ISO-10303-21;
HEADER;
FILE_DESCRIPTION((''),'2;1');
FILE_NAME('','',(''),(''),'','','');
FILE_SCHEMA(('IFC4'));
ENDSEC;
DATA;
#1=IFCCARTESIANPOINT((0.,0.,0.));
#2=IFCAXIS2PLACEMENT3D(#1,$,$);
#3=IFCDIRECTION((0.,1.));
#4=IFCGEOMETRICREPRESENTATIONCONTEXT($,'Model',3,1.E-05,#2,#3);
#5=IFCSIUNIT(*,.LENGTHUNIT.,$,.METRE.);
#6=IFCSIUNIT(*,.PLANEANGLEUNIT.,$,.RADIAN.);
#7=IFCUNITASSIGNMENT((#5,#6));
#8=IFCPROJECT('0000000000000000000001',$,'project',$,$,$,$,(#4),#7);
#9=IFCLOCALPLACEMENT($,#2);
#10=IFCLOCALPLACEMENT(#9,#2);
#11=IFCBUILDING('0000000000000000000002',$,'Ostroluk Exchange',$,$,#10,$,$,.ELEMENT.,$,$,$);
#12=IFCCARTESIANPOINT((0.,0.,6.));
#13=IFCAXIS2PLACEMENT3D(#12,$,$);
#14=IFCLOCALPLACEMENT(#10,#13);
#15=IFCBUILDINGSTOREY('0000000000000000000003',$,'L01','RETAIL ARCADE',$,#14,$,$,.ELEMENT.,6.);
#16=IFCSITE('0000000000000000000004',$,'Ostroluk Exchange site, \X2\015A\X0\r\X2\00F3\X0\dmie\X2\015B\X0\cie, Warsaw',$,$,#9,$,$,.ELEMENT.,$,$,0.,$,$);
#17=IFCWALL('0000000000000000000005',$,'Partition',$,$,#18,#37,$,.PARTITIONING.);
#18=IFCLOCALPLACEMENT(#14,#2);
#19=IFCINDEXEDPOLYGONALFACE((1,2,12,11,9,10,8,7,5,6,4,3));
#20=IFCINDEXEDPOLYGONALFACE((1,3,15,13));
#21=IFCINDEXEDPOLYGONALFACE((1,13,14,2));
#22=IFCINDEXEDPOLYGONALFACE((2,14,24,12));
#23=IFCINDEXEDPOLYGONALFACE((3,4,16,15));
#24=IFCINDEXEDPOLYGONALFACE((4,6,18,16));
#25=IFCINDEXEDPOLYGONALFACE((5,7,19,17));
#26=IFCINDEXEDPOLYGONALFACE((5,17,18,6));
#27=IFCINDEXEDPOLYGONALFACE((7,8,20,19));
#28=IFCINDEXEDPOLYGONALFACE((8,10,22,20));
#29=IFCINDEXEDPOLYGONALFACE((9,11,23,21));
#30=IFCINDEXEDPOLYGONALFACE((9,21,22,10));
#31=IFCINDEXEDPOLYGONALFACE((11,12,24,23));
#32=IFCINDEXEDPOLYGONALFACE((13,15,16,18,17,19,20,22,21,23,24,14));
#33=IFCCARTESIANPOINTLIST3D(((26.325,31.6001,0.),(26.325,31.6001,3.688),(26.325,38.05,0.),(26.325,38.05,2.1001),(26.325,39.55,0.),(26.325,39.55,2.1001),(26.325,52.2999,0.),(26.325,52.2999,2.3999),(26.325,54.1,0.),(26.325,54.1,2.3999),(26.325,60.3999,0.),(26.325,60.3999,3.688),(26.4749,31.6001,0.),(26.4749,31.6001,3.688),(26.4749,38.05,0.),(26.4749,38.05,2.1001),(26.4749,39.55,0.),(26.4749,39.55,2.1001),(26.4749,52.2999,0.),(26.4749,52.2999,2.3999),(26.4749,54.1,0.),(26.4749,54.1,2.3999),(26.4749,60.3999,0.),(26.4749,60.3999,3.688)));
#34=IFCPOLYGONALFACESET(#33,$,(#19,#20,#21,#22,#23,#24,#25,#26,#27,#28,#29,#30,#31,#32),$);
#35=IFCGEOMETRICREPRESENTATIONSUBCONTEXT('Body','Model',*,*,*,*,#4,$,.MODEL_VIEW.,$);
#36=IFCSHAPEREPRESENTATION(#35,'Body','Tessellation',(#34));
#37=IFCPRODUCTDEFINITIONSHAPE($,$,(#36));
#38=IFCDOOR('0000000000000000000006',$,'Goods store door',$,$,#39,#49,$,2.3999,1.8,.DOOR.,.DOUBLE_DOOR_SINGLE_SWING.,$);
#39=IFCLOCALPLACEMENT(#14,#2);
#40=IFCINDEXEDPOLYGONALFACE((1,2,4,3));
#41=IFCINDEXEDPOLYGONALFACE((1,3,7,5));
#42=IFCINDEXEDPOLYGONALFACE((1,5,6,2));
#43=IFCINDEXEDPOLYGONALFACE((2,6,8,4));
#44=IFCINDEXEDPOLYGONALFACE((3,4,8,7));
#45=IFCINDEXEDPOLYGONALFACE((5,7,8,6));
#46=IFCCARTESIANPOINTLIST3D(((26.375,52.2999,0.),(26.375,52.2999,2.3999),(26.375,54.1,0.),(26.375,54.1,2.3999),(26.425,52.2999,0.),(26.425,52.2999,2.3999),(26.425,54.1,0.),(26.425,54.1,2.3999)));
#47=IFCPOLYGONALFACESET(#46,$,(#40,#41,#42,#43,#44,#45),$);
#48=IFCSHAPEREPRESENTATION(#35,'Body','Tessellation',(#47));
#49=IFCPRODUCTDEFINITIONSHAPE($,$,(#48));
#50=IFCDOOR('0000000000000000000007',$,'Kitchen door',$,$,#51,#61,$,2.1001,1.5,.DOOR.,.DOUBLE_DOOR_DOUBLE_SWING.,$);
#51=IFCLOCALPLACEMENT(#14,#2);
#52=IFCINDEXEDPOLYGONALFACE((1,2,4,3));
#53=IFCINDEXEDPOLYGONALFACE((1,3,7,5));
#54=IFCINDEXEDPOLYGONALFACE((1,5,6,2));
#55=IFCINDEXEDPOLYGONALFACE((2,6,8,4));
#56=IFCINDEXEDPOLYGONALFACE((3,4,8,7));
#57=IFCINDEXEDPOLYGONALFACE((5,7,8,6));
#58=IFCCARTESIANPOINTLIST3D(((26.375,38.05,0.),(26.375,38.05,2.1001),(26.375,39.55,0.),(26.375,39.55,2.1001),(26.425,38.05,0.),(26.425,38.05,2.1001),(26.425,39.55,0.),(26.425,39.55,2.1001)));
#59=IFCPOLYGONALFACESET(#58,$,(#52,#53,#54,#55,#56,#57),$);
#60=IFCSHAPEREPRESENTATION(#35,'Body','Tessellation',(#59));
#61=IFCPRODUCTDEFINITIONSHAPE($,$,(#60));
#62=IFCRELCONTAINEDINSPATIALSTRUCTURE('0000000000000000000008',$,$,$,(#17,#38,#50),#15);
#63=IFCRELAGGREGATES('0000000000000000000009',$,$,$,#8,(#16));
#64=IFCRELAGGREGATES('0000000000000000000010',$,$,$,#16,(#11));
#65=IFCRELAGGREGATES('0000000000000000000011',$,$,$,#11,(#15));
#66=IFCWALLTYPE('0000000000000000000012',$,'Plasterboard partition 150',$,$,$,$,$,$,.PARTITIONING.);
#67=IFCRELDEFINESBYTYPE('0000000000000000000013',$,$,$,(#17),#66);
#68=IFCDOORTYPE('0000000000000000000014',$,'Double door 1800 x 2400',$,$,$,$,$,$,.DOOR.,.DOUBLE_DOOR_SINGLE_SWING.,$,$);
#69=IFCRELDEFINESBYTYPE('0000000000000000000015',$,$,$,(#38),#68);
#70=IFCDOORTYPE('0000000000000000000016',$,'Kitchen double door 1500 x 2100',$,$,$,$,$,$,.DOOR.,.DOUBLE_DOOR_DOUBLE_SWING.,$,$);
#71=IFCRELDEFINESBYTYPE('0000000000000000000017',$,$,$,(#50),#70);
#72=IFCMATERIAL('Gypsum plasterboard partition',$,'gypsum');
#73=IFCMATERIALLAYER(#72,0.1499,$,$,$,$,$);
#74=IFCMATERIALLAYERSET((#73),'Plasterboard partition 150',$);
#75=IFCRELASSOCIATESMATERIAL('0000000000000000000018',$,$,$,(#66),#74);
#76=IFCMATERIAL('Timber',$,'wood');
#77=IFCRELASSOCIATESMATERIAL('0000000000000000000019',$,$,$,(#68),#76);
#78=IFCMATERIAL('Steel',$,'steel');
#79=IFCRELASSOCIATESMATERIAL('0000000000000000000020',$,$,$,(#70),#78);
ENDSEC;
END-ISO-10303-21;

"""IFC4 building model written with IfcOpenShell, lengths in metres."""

from ifc_helpers import new_model, si_unit, direction, frame, frame_2d, origin, place, context, subcontext, project, spatial, rectangle, extrude, material, layer, layer_set, type_object, element, fill, save


model = new_model("IFC4")

# Units and contexts
model_context = context("Model", 3, precision=1e-05, world=origin(), true_north=direction((0.0, 1.0)))
body_context = subcontext(model_context, "Body", "Model", "MODEL_VIEW")
ifc_project = project(units=[si_unit("LENGTHUNIT", "METRE"), si_unit("PLANEANGLEUNIT", "RADIAN")], contexts=[model_context])

# Site, building, storey
site_placement = place(None, origin())
site = spatial("IfcSite", under=ifc_project, at=site_placement, Name="Ostroluk Exchange site, Śródmieście, Warsaw", CompositionType="ELEMENT", RefElevation=0.0)
building_placement = place(site_placement, origin())
building = spatial("IfcBuilding", under=site, at=building_placement, Name="Ostroluk Exchange", CompositionType="ELEMENT")
storey_placement = place(building_placement, frame((0.0, 0.0, 6.0)))
storey = spatial("IfcBuildingStorey", under=building, at=storey_placement, Name="L01", Description="RETAIL ARCADE", CompositionType="ELEMENT", Elevation=6.0)

# Wall, openings, doors
ifc_material_1 = material(Name="Gypsum plasterboard partition", Category="gypsum")
ifc_layer_1 = layer(ifc_material_1, 0.1499)
ifc_layer_set_1 = layer_set([ifc_layer_1], Name="Plasterboard partition 150")
wall_type_1 = type_object("IfcWallType", Name="Plasterboard partition 150", PredefinedType="PARTITIONING", material=ifc_layer_set_1)
wall_1_placement = place(storey_placement, frame((26.3999, 31.6001, 0.0), z_axis=(0.0, 0.0, 1.0), x_axis=(0.0, 1.0, 0.0)))
wall_1 = element("IfcWall", 1, at=wall_1_placement, inside=storey, type_object=wall_type_1, Name="Partition", PredefinedType="PARTITIONING", context=body_context, shape_type="SweptSolid", body=[
    extrude(rectangle(XDim=28.7998, YDim=0.1499, at=frame_2d((14.3999, 0.0))), origin(), (0.0, 0.0, 1.0), 3.688),
])
opening_1_placement = place(wall_1_placement, frame((6.45, 0.0, 0.0)))
opening_1 = element("IfcOpeningElement", 2, at=opening_1_placement, cuts=wall_1, PredefinedType="OPENING", context=body_context, shape_type="SweptSolid", body=[
    extrude(rectangle(XDim=1.5, YDim=2.1001, at=frame_2d((0.75, 1.05))), frame((0.0, 0.085, 0.0), z_axis=(0.0, -1.0, 0.0), x_axis=(1.0, 0.0, 0.0)), (0.0, 0.0, 1.0), 0.1699),
])
opening_2_placement = place(wall_1_placement, frame((20.7, 0.0, 0.0)))
opening_2 = element("IfcOpeningElement", 3, at=opening_2_placement, cuts=wall_1, PredefinedType="OPENING", context=body_context, shape_type="SweptSolid", body=[
    extrude(rectangle(XDim=1.8, YDim=2.3999, at=frame_2d((0.8999, 1.2))), frame((0.0, 0.085, 0.0), z_axis=(0.0, -1.0, 0.0), x_axis=(1.0, 0.0, 0.0)), (0.0, 0.0, 1.0), 0.1699),
])
ifc_material_2 = material(Name="Timber", Category="wood")
door_type_1 = type_object("IfcDoorType", Name="Double door 1800 x 2400", OperationType="DOUBLE_DOOR_SINGLE_SWING", PredefinedType="DOOR", material=ifc_material_2)
door_1_placement = place(opening_2_placement, origin())
door_1 = element("IfcDoor", 4, at=door_1_placement, inside=storey, type_object=door_type_1, Name="Goods store door", OperationType="DOUBLE_DOOR_SINGLE_SWING", OverallHeight=2.3999, OverallWidth=1.8, PredefinedType="DOOR", context=body_context, shape_type="SweptSolid", body=[
    extrude(rectangle(XDim=1.8, YDim=2.3999, at=frame_2d((0.8999, 1.2))), frame((0.0, 0.0249, 0.0), z_axis=(0.0, -1.0, 0.0), x_axis=(1.0, 0.0, 0.0)), (0.0, 0.0, 1.0), 0.05),
])
fill(opening_2, door_1)
ifc_material_3 = material(Name="Steel", Category="steel")
door_type_2 = type_object("IfcDoorType", Name="Kitchen double door 1500 x 2100", OperationType="DOUBLE_DOOR_DOUBLE_SWING", PredefinedType="DOOR", material=ifc_material_3)
door_2_placement = place(opening_1_placement, origin())
door_2 = element("IfcDoor", 5, at=door_2_placement, inside=storey, type_object=door_type_2, Name="Kitchen door", OperationType="DOUBLE_DOOR_DOUBLE_SWING", OverallHeight=2.1001, OverallWidth=1.5, PredefinedType="DOOR", context=body_context, shape_type="SweptSolid", body=[
    extrude(rectangle(XDim=1.5, YDim=2.1001, at=frame_2d((0.75, 1.05))), frame((0.0, 0.0249, 0.0), z_axis=(0.0, -1.0, 0.0), x_axis=(1.0, 0.0, 0.0)), (0.0, 0.0, 1.0), 0.05),
])
fill(opening_1, door_2)

save(model, "model.ifc")
